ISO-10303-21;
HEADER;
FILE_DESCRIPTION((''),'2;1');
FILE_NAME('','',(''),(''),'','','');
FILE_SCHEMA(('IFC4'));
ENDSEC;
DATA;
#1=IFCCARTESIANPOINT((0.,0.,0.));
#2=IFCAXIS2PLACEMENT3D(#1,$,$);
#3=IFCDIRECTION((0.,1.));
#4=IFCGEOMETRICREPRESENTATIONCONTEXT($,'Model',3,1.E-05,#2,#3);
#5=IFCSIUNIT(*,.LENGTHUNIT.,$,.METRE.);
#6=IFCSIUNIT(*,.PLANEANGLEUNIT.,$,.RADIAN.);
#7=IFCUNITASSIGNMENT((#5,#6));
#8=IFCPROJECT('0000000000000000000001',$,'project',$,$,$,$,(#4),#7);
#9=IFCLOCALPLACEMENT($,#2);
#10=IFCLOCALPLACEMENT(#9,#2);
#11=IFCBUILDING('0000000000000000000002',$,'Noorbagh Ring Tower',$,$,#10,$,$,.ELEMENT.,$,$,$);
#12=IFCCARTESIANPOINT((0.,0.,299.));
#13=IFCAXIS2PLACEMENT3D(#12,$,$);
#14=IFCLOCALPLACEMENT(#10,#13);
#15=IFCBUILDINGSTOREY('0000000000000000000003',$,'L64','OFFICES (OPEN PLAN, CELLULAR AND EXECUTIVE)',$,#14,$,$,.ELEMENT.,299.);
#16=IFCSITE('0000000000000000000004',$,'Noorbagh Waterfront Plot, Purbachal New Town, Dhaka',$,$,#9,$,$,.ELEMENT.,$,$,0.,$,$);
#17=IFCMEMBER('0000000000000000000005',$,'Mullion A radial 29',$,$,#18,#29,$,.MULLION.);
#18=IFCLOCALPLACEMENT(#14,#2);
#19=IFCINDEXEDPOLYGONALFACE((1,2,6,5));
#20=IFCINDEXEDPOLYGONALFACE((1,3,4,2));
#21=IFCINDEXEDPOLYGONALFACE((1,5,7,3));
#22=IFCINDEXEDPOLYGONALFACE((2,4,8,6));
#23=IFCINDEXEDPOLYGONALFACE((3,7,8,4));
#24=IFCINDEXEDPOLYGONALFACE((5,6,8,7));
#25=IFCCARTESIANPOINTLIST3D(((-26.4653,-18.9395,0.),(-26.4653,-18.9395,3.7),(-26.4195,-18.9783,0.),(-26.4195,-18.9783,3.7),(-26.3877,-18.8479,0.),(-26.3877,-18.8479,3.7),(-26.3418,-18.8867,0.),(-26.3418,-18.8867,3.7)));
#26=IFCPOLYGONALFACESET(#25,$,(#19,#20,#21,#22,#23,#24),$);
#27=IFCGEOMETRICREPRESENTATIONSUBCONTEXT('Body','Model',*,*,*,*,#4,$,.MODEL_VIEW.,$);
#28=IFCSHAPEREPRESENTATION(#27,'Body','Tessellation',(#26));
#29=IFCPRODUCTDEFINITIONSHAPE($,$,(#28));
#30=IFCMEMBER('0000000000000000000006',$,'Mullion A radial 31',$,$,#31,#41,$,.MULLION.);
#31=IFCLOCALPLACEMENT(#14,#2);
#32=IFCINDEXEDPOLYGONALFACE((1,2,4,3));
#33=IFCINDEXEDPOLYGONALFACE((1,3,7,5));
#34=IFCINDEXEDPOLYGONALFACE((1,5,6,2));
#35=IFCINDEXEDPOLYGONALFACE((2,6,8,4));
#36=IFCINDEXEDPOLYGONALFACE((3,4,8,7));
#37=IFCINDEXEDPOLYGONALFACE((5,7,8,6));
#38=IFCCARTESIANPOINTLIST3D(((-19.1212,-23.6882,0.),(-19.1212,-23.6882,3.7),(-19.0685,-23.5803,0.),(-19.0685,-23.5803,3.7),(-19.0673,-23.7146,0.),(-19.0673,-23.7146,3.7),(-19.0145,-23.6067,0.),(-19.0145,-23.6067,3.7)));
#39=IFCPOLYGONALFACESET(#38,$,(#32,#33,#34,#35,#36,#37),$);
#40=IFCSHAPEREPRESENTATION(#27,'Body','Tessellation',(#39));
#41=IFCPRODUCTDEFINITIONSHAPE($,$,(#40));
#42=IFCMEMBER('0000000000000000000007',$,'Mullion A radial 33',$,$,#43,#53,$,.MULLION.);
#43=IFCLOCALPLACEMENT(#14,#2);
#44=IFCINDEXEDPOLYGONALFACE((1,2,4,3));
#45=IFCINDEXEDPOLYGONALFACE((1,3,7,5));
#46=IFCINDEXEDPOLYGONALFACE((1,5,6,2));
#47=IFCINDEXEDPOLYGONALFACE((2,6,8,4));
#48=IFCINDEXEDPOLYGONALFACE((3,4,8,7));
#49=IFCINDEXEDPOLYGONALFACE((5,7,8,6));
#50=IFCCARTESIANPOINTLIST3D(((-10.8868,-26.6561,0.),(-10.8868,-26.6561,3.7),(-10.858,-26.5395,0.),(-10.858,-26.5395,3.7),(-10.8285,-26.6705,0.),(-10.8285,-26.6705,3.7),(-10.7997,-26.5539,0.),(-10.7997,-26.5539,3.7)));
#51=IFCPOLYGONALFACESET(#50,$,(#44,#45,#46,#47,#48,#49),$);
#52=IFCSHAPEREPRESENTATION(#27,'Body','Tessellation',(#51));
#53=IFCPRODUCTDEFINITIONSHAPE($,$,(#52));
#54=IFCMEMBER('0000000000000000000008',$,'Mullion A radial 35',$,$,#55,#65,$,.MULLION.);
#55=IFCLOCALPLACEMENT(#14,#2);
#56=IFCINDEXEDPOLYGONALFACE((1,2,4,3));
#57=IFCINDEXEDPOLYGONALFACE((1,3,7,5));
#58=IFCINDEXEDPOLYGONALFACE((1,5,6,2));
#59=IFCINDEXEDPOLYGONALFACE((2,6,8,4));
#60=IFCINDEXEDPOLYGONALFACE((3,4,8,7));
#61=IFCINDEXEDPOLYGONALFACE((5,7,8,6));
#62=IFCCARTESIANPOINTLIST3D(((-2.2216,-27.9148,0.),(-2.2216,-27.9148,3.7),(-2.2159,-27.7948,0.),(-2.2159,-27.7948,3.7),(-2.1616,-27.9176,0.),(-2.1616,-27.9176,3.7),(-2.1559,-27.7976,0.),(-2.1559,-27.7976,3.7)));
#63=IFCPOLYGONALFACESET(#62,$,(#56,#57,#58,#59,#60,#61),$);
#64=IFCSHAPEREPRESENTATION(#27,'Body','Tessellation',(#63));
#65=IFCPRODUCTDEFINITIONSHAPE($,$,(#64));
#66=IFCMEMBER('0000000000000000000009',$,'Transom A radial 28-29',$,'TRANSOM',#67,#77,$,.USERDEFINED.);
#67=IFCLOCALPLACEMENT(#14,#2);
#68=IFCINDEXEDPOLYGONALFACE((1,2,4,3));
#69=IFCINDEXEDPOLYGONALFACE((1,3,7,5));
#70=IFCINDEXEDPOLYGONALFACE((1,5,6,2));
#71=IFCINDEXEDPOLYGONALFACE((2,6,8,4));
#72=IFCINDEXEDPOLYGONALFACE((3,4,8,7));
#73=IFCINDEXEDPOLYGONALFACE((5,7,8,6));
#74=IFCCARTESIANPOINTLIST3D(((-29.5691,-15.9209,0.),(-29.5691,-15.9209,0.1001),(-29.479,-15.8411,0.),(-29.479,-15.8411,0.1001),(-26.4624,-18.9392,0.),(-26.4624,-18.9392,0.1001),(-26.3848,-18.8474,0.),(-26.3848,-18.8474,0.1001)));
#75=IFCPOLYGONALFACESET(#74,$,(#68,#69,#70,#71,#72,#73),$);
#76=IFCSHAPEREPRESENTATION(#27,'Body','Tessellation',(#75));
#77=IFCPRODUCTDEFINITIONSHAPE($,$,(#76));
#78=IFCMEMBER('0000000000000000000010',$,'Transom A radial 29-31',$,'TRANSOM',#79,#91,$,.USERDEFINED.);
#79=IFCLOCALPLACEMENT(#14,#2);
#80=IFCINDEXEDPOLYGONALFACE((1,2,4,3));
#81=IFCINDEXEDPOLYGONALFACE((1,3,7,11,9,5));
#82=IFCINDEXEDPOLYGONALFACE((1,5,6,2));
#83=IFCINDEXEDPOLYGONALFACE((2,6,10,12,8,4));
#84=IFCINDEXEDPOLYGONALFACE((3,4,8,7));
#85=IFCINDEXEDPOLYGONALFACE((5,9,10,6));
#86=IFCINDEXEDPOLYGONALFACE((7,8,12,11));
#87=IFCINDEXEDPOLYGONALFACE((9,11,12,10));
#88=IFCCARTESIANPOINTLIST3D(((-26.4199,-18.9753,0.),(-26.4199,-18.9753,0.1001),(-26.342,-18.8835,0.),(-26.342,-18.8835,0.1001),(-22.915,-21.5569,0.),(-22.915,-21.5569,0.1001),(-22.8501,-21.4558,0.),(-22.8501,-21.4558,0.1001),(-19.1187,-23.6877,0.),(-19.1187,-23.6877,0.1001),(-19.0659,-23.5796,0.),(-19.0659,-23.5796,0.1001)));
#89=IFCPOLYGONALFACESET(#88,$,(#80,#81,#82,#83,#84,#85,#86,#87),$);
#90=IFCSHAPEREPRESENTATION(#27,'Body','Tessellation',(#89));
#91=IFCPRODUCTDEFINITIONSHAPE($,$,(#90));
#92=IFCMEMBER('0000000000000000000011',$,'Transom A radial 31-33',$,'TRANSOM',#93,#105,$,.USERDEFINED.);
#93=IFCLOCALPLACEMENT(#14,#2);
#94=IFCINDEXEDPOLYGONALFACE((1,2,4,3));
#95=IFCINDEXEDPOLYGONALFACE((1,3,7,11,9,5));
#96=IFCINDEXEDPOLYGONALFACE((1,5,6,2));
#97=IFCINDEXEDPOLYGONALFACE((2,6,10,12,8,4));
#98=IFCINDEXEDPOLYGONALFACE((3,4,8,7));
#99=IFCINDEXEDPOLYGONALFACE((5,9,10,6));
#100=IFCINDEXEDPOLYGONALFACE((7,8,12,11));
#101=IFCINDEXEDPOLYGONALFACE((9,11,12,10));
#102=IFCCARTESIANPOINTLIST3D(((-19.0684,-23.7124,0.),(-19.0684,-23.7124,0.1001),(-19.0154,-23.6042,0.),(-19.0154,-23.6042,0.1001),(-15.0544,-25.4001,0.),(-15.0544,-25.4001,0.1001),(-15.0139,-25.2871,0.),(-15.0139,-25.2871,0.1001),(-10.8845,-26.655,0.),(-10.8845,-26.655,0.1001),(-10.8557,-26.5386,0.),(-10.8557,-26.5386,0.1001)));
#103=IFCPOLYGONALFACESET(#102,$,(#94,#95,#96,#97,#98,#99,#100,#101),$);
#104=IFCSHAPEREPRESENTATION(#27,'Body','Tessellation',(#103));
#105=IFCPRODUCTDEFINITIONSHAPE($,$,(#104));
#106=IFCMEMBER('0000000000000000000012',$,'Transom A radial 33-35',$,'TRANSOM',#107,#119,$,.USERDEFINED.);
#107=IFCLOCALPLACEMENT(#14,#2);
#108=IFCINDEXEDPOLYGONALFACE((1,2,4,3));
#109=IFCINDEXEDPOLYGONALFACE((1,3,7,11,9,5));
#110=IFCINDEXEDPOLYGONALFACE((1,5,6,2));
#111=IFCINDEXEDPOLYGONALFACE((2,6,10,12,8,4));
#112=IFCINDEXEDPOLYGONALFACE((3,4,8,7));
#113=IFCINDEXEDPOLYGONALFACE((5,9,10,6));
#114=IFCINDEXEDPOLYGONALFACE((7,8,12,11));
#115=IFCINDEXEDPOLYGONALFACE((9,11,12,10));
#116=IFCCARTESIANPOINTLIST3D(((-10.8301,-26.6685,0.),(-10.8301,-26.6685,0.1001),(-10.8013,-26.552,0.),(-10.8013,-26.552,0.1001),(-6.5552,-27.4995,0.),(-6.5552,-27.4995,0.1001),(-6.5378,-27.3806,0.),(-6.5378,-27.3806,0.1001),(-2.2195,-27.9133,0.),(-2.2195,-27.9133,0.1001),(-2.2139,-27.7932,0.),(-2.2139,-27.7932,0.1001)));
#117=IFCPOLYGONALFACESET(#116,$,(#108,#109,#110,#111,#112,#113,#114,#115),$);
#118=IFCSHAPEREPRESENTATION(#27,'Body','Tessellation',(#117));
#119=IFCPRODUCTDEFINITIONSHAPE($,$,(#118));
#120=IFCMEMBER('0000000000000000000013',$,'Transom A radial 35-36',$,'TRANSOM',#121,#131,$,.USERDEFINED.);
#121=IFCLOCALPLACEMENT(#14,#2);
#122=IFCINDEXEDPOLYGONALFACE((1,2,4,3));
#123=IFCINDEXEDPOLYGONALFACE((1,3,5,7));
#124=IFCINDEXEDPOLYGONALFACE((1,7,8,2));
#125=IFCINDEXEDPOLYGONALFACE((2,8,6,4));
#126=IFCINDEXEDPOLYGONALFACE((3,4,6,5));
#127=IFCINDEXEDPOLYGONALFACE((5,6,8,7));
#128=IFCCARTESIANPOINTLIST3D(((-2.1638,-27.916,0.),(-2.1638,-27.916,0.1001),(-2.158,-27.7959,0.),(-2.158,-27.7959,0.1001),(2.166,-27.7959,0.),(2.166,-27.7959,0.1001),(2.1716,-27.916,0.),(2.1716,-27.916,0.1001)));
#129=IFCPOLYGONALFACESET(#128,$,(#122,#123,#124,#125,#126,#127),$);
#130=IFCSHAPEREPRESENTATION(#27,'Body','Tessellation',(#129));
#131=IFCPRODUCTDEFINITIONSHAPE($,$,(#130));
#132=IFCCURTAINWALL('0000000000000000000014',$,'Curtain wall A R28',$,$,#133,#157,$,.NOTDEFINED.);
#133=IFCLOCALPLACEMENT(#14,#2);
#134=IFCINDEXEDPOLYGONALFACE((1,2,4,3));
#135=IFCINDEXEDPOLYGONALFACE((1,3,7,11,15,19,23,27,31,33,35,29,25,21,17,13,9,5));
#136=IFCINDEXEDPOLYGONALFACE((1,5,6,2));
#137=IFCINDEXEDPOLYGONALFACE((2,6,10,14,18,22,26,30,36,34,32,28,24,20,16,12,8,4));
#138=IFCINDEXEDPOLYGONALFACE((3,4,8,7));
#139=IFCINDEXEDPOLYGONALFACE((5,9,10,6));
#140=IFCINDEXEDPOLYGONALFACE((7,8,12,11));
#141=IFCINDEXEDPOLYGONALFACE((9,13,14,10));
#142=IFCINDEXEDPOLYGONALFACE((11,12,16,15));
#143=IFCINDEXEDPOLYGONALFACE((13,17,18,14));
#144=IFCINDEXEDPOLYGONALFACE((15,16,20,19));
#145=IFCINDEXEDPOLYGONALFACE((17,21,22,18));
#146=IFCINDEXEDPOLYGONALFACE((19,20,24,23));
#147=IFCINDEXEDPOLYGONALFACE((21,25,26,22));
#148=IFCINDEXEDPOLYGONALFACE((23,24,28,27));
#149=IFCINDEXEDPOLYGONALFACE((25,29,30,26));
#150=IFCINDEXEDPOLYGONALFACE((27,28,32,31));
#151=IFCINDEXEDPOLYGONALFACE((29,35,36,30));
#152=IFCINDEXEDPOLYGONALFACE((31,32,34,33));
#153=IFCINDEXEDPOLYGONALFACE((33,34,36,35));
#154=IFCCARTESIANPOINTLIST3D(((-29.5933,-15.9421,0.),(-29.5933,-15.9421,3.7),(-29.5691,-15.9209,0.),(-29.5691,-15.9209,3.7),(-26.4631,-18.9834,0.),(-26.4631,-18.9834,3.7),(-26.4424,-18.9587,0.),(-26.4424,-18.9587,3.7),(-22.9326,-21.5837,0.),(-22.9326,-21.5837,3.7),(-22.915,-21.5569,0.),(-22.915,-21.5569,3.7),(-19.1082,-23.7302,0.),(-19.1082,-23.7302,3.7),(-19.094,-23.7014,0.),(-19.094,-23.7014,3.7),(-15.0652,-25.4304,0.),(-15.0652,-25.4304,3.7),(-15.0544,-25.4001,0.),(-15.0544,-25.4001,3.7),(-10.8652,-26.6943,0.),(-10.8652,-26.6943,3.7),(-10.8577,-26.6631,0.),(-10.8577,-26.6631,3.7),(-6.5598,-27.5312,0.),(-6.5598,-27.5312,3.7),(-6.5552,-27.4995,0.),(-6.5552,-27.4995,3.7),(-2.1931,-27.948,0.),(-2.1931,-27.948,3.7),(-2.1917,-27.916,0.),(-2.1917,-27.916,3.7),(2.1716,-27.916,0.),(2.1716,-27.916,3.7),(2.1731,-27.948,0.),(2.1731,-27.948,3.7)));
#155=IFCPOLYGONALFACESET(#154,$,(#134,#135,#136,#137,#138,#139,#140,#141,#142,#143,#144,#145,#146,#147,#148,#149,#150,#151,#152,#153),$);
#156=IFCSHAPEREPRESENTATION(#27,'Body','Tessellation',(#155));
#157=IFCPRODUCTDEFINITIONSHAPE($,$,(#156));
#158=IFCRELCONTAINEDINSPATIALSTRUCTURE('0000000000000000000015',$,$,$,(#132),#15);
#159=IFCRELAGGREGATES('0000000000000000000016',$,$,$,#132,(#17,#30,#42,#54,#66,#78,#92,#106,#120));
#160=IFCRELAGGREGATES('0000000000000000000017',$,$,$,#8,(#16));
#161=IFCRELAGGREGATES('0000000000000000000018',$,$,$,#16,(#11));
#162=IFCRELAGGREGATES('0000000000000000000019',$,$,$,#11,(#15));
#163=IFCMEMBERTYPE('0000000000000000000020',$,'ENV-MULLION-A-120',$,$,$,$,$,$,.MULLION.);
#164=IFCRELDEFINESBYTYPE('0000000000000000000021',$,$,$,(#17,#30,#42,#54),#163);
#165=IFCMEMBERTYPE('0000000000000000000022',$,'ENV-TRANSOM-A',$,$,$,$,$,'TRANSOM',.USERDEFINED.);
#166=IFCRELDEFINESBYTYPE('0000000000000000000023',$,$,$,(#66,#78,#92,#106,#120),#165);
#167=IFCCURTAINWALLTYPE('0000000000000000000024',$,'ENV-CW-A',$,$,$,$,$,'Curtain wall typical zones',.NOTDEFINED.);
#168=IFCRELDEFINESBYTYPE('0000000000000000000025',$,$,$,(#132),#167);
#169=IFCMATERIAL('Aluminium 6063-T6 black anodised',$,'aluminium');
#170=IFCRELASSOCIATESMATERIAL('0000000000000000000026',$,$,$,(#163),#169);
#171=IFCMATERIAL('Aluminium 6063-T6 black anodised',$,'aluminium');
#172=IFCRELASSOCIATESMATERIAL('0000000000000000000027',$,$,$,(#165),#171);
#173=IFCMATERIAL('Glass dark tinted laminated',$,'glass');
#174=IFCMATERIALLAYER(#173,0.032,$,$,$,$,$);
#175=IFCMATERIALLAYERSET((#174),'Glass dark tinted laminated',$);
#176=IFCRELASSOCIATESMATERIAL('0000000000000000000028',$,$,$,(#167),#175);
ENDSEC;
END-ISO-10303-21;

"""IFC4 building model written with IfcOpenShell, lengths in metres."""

from ifc_helpers import new_model, si_unit, direction, frame, origin, origin_2d, place, context, subcontext, project, spatial, polyline, rectangle, outline, extrude, material, layer, layer_set, material_profile, profile_set, type_object, element, aggregate, save


model = new_model("IFC4")

# Units and contexts
model_context = context("Model", 3, precision=1e-05, world=origin(), true_north=direction((0.0, 1.0)))
body_context = subcontext(model_context, "Body", "Model", "MODEL_VIEW")
ifc_project = project(units=[si_unit("LENGTHUNIT", "METRE"), si_unit("PLANEANGLEUNIT", "RADIAN")], contexts=[model_context])

# Members
ifc_material_1 = material(Name="Aluminium 6063-T6 black anodised", Category="aluminium")
ifc_material_profile = material_profile(ifc_material_1, rectangle(XDim=0.1201, YDim=0.0601, at=origin_2d()), Name="120x60")
ifc_profile_set = profile_set([ifc_material_profile], Name="Aluminium 6063-T6 black anodised")
member_type_1 = type_object("IfcMemberType", Name="ENV-MULLION-A-120", PredefinedType="MULLION", material=ifc_profile_set)
site_placement = place(None, origin())
building_placement = place(site_placement, origin())
storey_placement = place(building_placement, frame((0.0, 0.0, 299.0)))
member_1_placement = place(storey_placement, frame((-26.4036, -18.9131, 0.0), z_axis=(0.0, 0.0, 1.0), x_axis=(0.646451, 0.762955, 0.0)))
member_1 = element("IfcMember", 1, at=member_1_placement, type_object=member_type_1, Name="Mullion A radial 29", PredefinedType="MULLION", context=body_context, shape_type="SweptSolid", body=[
    extrude(rectangle(XDim=0.1201, YDim=0.0601, at=origin_2d()), origin(), (0.0, 0.0, 1.0), 3.7),
])
member_2_placement = place(storey_placement, frame((-19.0679, -23.6475, 0.0), z_axis=(0.0, 0.0, 1.0), x_axis=(0.439238, 0.898371, 0.0)))
member_2 = element("IfcMember", 2, at=member_2_placement, type_object=member_type_1, Name="Mullion A radial 31", PredefinedType="MULLION", context=body_context, shape_type="SweptSolid", body=[
    extrude(rectangle(XDim=0.1201, YDim=0.0601, at=origin_2d()), origin(), (0.0, 0.0, 1.0), 3.7),
])
member_3_placement = place(storey_placement, frame((-10.8433, -26.605, 0.0), z_axis=(0.0, 0.0, 1.0), x_axis=(0.239799, 0.970823, 0.0)))
member_3 = element("IfcMember", 3, at=member_3_placement, type_object=member_type_1, Name="Mullion A radial 33", PredefinedType="MULLION", context=body_context, shape_type="SweptSolid", body=[
    extrude(rectangle(XDim=0.1201, YDim=0.0601, at=origin_2d()), origin(), (0.0, 0.0, 1.0), 3.7),
])
member_4_placement = place(storey_placement, frame((-2.1887, -27.8562, 0.0), z_axis=(0.0, 0.0, 1.0), x_axis=(0.047558, 0.998868, 0.0)))
member_4 = element("IfcMember", 4, at=member_4_placement, type_object=member_type_1, Name="Mullion A radial 35", PredefinedType="MULLION", context=body_context, shape_type="SweptSolid", body=[
    extrude(rectangle(XDim=0.1201, YDim=0.0601, at=origin_2d()), origin(), (0.0, 0.0, 1.0), 3.7),
])
ifc_material_2 = material(Name="Aluminium 6063-T6 black anodised", Category="aluminium")
member_type_2 = type_object("IfcMemberType", Name="ENV-TRANSOM-A", ElementType="TRANSOM", PredefinedType="USERDEFINED", material=ifc_material_2)
member_5_placement = place(storey_placement, origin())
member_5 = element("IfcMember", 5, at=member_5_placement, type_object=member_type_2, Name="Transom A radial 28-29", ObjectType="TRANSOM", PredefinedType="USERDEFINED", context=body_context, shape_type="SweptSolid", body=[
    extrude(outline(polyline([(-29.5691, -15.9209), (-26.4624, -18.9392), (-26.3848, -18.8474), (-29.479, -15.8411), (-29.5691, -15.9209)])), origin(), (0.0, 0.0, 1.0), 0.1001),
])
member_6_placement = place(storey_placement, origin())
member_6 = element("IfcMember", 6, at=member_6_placement, type_object=member_type_2, Name="Transom A radial 29-31", ObjectType="TRANSOM", PredefinedType="USERDEFINED", context=body_context, shape_type="SweptSolid", body=[
    extrude(outline(polyline([(-26.4199, -18.9753), (-22.915, -21.5569), (-19.1187, -23.6877), (-19.0659, -23.5796), (-22.8501, -21.4558), (-26.342, -18.8835), (-26.4199, -18.9753)])), origin(), (0.0, 0.0, 1.0), 0.1001),
])
member_7_placement = place(storey_placement, origin())
member_7 = element("IfcMember", 7, at=member_7_placement, type_object=member_type_2, Name="Transom A radial 31-33", ObjectType="TRANSOM", PredefinedType="USERDEFINED", context=body_context, shape_type="SweptSolid", body=[
    extrude(outline(polyline([(-19.0684, -23.7124), (-15.0544, -25.4001), (-10.8845, -26.655), (-10.8557, -26.5386), (-15.0139, -25.2871), (-19.0154, -23.6042), (-19.0684, -23.7124)])), origin(), (0.0, 0.0, 1.0), 0.1001),
])
member_8_placement = place(storey_placement, origin())
member_8 = element("IfcMember", 8, at=member_8_placement, type_object=member_type_2, Name="Transom A radial 33-35", ObjectType="TRANSOM", PredefinedType="USERDEFINED", context=body_context, shape_type="SweptSolid", body=[
    extrude(outline(polyline([(-10.8301, -26.6685), (-6.5552, -27.4995), (-2.2195, -27.9133), (-2.2139, -27.7932), (-6.5378, -27.3806), (-10.8013, -26.552), (-10.8301, -26.6685)])), origin(), (0.0, 0.0, 1.0), 0.1001),
])
member_9_placement = place(storey_placement, origin())
member_9 = element("IfcMember", 9, at=member_9_placement, type_object=member_type_2, Name="Transom A radial 35-36", ObjectType="TRANSOM", PredefinedType="USERDEFINED", context=body_context, shape_type="SweptSolid", body=[
    extrude(outline(polyline([(-2.1638, -27.916), (2.1716, -27.916), (2.166, -27.7959), (-2.158, -27.7959), (-2.1638, -27.916)])), origin(), (0.0, 0.0, 1.0), 0.1001),
])

# Site, building, storey
site = spatial("IfcSite", under=ifc_project, at=site_placement, Name="Noorbagh Waterfront Plot, Purbachal New Town, Dhaka", CompositionType="ELEMENT", RefElevation=0.0)
building = spatial("IfcBuilding", under=site, at=building_placement, Name="Noorbagh Ring Tower", CompositionType="ELEMENT")
storey = spatial("IfcBuildingStorey", under=building, at=storey_placement, Name="L64", Description="OFFICES (OPEN PLAN, CELLULAR AND EXECUTIVE)", CompositionType="ELEMENT", Elevation=299.0)

# Curtain wall
ifc_material_3 = material(Name="Glass dark tinted laminated", Category="glass")
ifc_layer = layer(ifc_material_3, 0.032)
ifc_layer_set = layer_set([ifc_layer], Name="Glass dark tinted laminated")
curtain_wall_type = type_object("IfcCurtainWallType", Name="ENV-CW-A", ElementType="Curtain wall typical zones", PredefinedType="NOTDEFINED", material=ifc_layer_set)
curtain_wall_1_placement = place(storey_placement, origin())
curtain_wall_1 = element("IfcCurtainWall", 10, at=curtain_wall_1_placement, inside=storey, type_object=curtain_wall_type, Name="Curtain wall A R28", PredefinedType="NOTDEFINED", context=body_context, shape_type="SweptSolid", body=[
    extrude(outline(polyline([(-29.5933, -15.9421), (-26.4631, -18.9834), (-22.9326, -21.5837), (-19.1082, -23.7302), (-15.0652, -25.4304), (-10.8652, -26.6943), (-6.5598, -27.5312), (-2.1931, -27.948), (2.1731, -27.948), (2.1716, -27.916), (-2.1917, -27.916), (-6.5552, -27.4995), (-10.8577, -26.6631), (-15.0544, -25.4001), (-19.094, -23.7014), (-22.915, -21.5569), (-26.4424, -18.9587), (-29.5691, -15.9209), (-29.5933, -15.9421)])), origin(), (0.0, 0.0, 1.0), 3.7),
])
aggregate(curtain_wall_1, [member_1, member_2, member_3, member_4, member_5, member_6, member_7, member_8, member_9])

save(model, "model.ifc")
